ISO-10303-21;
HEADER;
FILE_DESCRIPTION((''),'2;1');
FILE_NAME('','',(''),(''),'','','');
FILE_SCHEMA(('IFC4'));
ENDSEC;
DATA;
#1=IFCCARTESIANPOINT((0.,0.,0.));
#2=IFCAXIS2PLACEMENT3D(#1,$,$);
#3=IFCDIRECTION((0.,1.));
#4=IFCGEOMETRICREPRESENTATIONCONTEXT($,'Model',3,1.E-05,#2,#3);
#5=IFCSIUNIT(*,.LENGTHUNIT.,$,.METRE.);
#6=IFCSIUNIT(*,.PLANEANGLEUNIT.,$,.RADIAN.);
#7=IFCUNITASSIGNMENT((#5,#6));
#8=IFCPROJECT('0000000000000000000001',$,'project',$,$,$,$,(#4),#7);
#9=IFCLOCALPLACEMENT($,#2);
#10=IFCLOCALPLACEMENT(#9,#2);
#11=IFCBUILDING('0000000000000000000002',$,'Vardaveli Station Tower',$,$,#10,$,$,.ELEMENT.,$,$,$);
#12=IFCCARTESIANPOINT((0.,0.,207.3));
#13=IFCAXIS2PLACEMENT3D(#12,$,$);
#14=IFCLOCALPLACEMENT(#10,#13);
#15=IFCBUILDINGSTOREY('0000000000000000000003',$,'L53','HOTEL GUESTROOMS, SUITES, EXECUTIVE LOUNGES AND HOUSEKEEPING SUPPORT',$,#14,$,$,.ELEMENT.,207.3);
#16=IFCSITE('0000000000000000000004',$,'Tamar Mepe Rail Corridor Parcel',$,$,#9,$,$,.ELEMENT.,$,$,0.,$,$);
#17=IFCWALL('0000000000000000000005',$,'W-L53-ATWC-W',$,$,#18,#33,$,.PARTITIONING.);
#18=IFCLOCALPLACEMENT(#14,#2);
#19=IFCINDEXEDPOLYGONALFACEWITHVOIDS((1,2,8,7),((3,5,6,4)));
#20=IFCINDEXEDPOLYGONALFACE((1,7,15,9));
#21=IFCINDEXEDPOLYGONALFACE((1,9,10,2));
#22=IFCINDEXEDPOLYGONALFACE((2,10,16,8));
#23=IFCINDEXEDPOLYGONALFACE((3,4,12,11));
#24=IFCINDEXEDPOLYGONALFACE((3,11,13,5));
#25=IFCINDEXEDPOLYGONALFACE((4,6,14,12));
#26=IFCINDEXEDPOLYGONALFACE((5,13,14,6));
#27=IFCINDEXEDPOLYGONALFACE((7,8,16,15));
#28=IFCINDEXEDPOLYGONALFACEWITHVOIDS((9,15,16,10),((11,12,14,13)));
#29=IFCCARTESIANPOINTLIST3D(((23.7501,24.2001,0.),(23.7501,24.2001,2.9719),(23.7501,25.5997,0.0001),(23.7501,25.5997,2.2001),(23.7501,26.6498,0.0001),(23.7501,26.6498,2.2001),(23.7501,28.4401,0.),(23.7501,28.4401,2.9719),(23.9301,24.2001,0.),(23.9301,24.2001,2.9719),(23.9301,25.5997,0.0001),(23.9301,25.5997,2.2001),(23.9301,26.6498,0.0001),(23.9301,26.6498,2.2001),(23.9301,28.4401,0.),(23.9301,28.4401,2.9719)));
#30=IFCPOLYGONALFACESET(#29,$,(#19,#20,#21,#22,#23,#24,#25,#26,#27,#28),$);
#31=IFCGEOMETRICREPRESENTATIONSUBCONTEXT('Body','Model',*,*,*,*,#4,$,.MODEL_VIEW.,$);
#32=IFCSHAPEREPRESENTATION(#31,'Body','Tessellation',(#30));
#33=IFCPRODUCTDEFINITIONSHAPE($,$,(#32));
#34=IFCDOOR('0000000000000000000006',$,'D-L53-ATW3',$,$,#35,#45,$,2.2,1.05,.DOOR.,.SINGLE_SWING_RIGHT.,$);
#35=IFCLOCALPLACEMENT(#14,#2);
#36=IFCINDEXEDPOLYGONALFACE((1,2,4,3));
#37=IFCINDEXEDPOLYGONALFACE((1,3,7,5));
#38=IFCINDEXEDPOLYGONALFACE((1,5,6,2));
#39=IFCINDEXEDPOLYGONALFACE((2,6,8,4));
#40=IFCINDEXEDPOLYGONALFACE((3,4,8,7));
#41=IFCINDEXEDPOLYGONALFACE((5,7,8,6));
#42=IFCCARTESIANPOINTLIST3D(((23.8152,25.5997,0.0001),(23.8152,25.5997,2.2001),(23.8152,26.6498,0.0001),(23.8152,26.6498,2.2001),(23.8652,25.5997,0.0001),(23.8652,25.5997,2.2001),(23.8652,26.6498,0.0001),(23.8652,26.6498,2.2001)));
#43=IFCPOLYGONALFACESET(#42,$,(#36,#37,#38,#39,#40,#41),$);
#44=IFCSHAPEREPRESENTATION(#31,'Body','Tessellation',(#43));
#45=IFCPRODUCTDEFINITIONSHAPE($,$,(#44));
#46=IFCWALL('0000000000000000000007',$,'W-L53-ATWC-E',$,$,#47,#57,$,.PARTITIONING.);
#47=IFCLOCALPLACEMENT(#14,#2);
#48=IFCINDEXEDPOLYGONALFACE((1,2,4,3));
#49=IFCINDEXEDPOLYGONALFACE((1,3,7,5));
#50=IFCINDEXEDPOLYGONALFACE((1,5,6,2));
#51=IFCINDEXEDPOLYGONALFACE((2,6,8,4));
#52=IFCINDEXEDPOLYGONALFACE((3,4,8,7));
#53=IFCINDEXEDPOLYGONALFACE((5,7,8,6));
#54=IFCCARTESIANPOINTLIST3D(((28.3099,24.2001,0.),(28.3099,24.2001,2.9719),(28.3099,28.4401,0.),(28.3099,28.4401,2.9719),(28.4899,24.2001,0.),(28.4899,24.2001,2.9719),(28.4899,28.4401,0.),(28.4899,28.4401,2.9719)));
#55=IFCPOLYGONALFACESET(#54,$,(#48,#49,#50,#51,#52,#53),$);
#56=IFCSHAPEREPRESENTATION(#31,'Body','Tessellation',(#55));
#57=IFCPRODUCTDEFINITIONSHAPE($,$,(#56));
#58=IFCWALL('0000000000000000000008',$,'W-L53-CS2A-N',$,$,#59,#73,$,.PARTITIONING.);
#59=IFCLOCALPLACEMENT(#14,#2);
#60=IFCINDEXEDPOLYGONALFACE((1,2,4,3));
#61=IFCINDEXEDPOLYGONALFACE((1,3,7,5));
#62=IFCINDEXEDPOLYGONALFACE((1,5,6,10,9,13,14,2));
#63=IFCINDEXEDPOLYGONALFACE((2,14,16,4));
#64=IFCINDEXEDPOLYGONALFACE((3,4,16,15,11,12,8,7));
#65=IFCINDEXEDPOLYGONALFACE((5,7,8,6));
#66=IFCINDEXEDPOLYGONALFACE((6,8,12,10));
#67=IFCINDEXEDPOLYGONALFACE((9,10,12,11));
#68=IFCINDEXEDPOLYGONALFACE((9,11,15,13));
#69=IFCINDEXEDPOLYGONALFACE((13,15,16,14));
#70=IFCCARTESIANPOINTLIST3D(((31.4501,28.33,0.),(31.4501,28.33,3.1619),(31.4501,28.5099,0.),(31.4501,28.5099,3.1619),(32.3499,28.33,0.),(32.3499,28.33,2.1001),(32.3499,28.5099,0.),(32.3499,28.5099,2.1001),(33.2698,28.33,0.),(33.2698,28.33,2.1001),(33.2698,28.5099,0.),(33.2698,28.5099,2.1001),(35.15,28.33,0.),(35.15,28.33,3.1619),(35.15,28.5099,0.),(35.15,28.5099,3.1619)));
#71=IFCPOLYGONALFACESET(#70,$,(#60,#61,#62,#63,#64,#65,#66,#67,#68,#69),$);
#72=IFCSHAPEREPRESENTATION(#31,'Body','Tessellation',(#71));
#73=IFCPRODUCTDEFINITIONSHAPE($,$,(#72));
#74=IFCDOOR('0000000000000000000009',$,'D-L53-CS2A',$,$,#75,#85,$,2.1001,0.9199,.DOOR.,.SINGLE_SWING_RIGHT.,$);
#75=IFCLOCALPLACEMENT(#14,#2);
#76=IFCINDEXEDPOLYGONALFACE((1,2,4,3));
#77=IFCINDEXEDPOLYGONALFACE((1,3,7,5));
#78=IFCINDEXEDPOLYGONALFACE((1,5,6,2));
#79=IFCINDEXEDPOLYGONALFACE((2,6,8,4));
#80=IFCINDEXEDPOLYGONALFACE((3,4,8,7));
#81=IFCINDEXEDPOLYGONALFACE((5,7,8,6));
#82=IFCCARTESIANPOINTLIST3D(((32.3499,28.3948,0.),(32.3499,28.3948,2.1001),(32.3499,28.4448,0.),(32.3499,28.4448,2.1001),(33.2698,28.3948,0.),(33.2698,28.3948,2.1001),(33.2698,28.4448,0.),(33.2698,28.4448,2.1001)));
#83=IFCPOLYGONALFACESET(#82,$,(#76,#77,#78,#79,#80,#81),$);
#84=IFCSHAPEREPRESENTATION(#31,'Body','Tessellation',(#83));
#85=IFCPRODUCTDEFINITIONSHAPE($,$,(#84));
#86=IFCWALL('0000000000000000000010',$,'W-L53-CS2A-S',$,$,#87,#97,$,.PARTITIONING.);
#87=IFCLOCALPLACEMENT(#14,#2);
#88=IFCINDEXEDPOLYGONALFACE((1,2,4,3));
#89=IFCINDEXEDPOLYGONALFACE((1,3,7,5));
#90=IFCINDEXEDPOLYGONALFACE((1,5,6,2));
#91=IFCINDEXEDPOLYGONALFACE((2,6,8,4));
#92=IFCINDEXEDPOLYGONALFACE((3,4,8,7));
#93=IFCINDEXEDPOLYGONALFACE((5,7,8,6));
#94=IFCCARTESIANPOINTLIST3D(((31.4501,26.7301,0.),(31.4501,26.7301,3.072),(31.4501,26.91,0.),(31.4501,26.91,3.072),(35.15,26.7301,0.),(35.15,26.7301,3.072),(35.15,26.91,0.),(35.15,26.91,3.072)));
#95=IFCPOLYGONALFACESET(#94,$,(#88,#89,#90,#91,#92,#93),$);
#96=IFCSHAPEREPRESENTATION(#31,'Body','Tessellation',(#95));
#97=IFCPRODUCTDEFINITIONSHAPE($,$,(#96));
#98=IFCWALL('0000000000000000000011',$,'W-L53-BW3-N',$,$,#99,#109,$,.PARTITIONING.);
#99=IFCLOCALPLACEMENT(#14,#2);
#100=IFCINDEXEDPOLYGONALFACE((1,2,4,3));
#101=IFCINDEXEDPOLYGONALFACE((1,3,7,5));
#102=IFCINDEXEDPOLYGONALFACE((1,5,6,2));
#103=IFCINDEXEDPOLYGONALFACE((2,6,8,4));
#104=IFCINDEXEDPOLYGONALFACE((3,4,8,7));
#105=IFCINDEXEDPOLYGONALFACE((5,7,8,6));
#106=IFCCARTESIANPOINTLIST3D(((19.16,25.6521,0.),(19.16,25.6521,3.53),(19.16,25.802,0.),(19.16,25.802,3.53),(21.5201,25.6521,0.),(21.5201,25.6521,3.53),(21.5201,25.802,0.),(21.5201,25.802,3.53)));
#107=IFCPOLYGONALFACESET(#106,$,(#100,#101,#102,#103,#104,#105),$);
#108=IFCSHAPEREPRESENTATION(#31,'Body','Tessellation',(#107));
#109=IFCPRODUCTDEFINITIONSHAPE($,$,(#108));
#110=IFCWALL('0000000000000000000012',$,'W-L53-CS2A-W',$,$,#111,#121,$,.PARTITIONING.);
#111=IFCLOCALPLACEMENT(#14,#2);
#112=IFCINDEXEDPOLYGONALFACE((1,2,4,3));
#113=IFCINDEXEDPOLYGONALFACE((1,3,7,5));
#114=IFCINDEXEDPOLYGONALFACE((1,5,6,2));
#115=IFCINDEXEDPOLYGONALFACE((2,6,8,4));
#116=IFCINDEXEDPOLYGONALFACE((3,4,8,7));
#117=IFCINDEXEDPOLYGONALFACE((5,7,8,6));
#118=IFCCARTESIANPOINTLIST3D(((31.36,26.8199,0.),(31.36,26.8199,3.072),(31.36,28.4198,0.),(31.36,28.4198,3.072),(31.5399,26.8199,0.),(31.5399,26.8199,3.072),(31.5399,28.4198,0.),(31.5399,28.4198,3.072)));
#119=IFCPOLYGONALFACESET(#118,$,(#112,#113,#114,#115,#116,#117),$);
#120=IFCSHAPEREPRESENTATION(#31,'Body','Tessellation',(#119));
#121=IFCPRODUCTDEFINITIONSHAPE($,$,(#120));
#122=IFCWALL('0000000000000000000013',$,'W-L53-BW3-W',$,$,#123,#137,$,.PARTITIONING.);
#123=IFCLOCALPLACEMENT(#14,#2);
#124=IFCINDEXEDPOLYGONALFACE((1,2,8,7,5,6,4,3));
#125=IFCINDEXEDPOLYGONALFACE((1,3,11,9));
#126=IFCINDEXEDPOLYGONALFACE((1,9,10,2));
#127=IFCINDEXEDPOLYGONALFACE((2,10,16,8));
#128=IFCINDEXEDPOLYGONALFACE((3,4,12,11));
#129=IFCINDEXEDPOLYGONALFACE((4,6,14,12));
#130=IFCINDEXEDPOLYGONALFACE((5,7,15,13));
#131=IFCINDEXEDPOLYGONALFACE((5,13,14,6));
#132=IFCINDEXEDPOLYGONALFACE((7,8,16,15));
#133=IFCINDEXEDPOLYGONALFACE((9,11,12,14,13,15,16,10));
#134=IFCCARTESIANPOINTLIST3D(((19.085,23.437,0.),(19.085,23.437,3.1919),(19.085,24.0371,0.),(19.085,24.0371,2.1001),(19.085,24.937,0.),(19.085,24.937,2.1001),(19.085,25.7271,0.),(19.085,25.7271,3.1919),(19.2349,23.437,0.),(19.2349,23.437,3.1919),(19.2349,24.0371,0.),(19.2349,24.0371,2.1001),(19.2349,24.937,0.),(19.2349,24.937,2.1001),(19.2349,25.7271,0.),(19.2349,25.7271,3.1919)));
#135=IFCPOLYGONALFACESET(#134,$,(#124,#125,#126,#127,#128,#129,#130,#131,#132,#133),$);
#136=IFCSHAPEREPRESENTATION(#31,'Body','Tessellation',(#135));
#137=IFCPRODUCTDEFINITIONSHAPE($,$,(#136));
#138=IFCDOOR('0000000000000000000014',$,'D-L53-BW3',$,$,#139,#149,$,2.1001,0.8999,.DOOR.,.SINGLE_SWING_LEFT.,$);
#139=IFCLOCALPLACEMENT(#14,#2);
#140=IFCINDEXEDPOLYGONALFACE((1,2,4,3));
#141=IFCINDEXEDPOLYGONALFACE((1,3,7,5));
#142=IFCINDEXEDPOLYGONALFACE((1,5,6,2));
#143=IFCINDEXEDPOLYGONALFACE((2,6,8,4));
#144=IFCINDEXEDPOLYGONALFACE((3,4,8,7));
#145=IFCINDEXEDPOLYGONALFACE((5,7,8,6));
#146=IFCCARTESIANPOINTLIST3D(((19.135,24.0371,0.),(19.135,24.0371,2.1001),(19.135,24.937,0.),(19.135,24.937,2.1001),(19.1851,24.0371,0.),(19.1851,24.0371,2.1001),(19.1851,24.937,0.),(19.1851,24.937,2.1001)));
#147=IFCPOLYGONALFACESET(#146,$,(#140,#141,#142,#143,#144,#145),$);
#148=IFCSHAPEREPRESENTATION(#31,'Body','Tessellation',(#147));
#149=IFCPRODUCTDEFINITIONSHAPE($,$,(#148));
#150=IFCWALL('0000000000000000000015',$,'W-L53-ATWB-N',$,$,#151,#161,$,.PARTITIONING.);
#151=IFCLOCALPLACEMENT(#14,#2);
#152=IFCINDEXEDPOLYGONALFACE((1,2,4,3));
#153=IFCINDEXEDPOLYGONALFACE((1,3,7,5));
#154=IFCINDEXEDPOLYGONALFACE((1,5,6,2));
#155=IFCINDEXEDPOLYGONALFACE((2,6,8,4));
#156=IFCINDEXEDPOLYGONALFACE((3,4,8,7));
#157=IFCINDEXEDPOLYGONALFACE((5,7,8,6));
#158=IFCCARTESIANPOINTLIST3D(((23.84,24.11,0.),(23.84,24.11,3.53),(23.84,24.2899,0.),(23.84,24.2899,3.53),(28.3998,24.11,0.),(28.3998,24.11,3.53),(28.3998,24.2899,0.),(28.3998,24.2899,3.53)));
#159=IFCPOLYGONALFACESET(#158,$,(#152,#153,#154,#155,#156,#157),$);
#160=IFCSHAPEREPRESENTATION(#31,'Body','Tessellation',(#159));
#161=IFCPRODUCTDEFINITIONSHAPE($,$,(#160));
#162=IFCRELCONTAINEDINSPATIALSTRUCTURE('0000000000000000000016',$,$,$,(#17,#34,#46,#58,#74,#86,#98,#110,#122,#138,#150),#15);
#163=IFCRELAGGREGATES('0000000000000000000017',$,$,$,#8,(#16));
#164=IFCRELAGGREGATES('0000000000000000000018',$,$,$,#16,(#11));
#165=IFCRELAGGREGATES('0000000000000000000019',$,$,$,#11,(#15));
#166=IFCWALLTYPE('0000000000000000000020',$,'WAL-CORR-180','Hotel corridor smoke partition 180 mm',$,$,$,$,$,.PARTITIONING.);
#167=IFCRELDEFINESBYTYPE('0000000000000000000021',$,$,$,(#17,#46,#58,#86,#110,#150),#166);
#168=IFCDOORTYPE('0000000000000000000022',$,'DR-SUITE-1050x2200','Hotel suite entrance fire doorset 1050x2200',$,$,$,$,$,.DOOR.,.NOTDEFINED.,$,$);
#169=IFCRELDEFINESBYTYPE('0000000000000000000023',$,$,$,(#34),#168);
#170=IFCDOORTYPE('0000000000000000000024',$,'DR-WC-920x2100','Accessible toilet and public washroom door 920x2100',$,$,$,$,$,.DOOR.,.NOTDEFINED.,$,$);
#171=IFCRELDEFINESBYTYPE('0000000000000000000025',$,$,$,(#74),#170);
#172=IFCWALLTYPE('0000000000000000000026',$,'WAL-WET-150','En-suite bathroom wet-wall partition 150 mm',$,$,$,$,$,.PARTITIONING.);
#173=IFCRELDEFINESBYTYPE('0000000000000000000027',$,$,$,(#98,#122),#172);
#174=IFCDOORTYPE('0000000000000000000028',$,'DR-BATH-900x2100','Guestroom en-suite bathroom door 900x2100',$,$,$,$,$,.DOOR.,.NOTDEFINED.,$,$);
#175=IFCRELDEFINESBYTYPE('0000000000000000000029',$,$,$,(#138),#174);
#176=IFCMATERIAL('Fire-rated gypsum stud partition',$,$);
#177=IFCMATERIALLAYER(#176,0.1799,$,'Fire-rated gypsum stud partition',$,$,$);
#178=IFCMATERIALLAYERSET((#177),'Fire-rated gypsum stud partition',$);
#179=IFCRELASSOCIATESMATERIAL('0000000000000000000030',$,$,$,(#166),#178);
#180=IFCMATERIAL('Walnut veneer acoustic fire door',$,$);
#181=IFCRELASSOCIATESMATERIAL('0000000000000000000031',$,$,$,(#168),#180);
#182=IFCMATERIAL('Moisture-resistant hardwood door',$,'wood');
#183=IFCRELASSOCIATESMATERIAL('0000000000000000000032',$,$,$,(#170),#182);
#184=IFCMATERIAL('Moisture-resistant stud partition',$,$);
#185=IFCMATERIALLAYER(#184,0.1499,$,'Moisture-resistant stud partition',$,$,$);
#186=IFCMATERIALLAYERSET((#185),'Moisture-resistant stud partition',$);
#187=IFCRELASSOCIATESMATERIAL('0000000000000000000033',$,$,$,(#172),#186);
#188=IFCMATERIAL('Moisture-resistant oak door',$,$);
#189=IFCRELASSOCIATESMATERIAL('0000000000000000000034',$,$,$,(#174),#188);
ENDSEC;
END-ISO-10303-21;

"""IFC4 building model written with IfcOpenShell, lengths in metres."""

from ifc_helpers import new_model, si_unit, direction, frame, frame_2d, origin, place, context, subcontext, project, spatial, rectangle, extrude, source, transform, mapped, material, layer, layer_set, type_object, element, fill, save


model = new_model("IFC4")

# Units and contexts
model_context = context("Model", 3, precision=1e-05, world=origin(), true_north=direction((0.0, 1.0)))
body_context = subcontext(model_context, "Body", "Model", "MODEL_VIEW")
ifc_project = project(units=[si_unit("LENGTHUNIT", "METRE"), si_unit("PLANEANGLEUNIT", "RADIAN")], contexts=[model_context])

# Site, building, storey
site_placement = place(None, origin())
site = spatial("IfcSite", under=ifc_project, at=site_placement, Name="Tamar Mepe Rail Corridor Parcel", CompositionType="ELEMENT", RefElevation=0.0)
building_placement = place(site_placement, origin())
building = spatial("IfcBuilding", under=site, at=building_placement, Name="Vardaveli Station Tower", CompositionType="ELEMENT")
storey_placement = place(building_placement, frame((0.0, 0.0, 207.3)))
storey = spatial("IfcBuildingStorey", under=building, at=storey_placement, Name="L53", Description="HOTEL GUESTROOMS, SUITES, EXECUTIVE LOUNGES AND HOUSEKEEPING SUPPORT", CompositionType="ELEMENT", Elevation=207.3)

# Wall, opening, door
ifc_material_1 = material(Name="Fire-rated gypsum stud partition")
ifc_layer_1 = layer(ifc_material_1, 0.1799, Name="Fire-rated gypsum stud partition")
ifc_layer_set_1 = layer_set([ifc_layer_1], Name="Fire-rated gypsum stud partition")
wall_type_1 = type_object("IfcWallType", Name="WAL-CORR-180", Description="Hotel corridor smoke partition 180 mm", PredefinedType="PARTITIONING", material=ifc_layer_set_1)
shared_shape_1 = source(origin(), body_context, "Body", "SweptSolid", [
    extrude(rectangle(XDim=4.24, YDim=0.1799, at=frame_2d((2.1201, 0.0))), origin(), (0.0, 0.0, 1.0), 2.9719),
])
wall_1_placement = place(storey_placement, frame((23.8401, 24.2, 0.0), z_axis=(0.0, 0.0, 1.0), x_axis=(0.0, 1.0, 0.0)))
wall_1 = element("IfcWall", 1, at=wall_1_placement, inside=storey, type_object=wall_type_1, Name="W-L53-ATWC-W", PredefinedType="PARTITIONING", context=body_context, shape_type="MappedRepresentation", body=[
    mapped(shared_shape_1, transform((0.0, 0.0, 0.0), scale=1.0)),
])
shared_shape_2 = source(origin(), body_context, "Body", "SweptSolid", [
    extrude(rectangle(XDim=1.05, YDim=2.2, at=frame_2d((0.5249, 1.1001))), frame((0.0, 0.1001, 0.0), z_axis=(0.0, -1.0, 0.0), x_axis=(1.0, 0.0, 0.0)), (0.0, 0.0, 1.0), 0.2),
])
opening_1_placement = place(wall_1_placement, frame((1.3999, 0.0, 0.0)))
opening_1 = element("IfcOpeningElement", 2, at=opening_1_placement, cuts=wall_1, PredefinedType="OPENING", context=body_context, shape_type="MappedRepresentation", body=[
    mapped(shared_shape_2, transform((0.0, 0.0, 0.0), scale=1.0)),
])
ifc_material_2 = material(Name="Walnut veneer acoustic fire door")
door_type_1 = type_object("IfcDoorType", Name="DR-SUITE-1050x2200", Description="Hotel suite entrance fire doorset 1050x2200", OperationType="NOTDEFINED", PredefinedType="DOOR", material=ifc_material_2)
shared_shape_3 = source(origin(), body_context, "Body", "SweptSolid", [
    extrude(rectangle(XDim=1.05, YDim=2.2, at=frame_2d((0.5249, 1.1001))), frame((0.0, 0.0249, 0.0), z_axis=(0.0, -1.0, 0.0), x_axis=(1.0, 0.0, 0.0)), (0.0, 0.0, 1.0), 0.05),
])
door_1_placement = place(opening_1_placement, origin())
door_1 = element("IfcDoor", 3, at=door_1_placement, inside=storey, type_object=door_type_1, Name="D-L53-ATW3", OperationType="SINGLE_SWING_RIGHT", OverallHeight=2.2, OverallWidth=1.05, PredefinedType="DOOR", context=body_context, shape_type="MappedRepresentation", body=[
    mapped(shared_shape_3, transform((0.0, 0.0, 0.0), scale=1.0)),
])
fill(opening_1, door_1)

# Wall
wall_2_placement = place(storey_placement, frame((28.3999, 24.2, 0.0), z_axis=(0.0, 0.0, 1.0), x_axis=(0.0, 1.0, 0.0)))
element("IfcWall", 4, at=wall_2_placement, inside=storey, type_object=wall_type_1, Name="W-L53-ATWC-E", PredefinedType="PARTITIONING", context=body_context, shape_type="MappedRepresentation", body=[
    mapped(shared_shape_1, transform((0.0, 0.0, 0.0), scale=1.0)),
])

# Wall, opening, door
shared_shape_4 = source(origin(), body_context, "Body", "SweptSolid", [
    extrude(rectangle(XDim=3.7, YDim=0.1799, at=frame_2d((1.8501, 0.0))), origin(), (0.0, 0.0, 1.0), 3.1619),
])
wall_3_placement = place(storey_placement, frame((31.45, 28.4199, 0.0), z_axis=(0.0, 0.0, 1.0), x_axis=(1.0, 0.0, 0.0)))
wall_3 = element("IfcWall", 5, at=wall_3_placement, inside=storey, type_object=wall_type_1, Name="W-L53-CS2A-N", PredefinedType="PARTITIONING", context=body_context, shape_type="MappedRepresentation", body=[
    mapped(shared_shape_4, transform((0.0, 0.0, 0.0), scale=1.0)),
])
shared_shape_5 = source(origin(), body_context, "Body", "SweptSolid", [
    extrude(rectangle(XDim=0.9199, YDim=2.1001, at=frame_2d((0.46, 1.05))), frame((0.0, 0.1001, 0.0), z_axis=(0.0, -1.0, 0.0), x_axis=(1.0, 0.0, 0.0)), (0.0, 0.0, 1.0), 0.2),
])
opening_2_placement = place(wall_3_placement, frame((0.8999, 0.0, 0.0)))
opening_2 = element("IfcOpeningElement", 6, at=opening_2_placement, cuts=wall_3, PredefinedType="OPENING", context=body_context, shape_type="MappedRepresentation", body=[
    mapped(shared_shape_5, transform((0.0, 0.0, 0.0), scale=1.0)),
])
ifc_material_3 = material(Name="Moisture-resistant hardwood door", Category="wood")
door_type_2 = type_object("IfcDoorType", Name="DR-WC-920x2100", Description="Accessible toilet and public washroom door 920x2100", OperationType="NOTDEFINED", PredefinedType="DOOR", material=ifc_material_3)
shared_shape_6 = source(origin(), body_context, "Body", "SweptSolid", [
    extrude(rectangle(XDim=0.9199, YDim=2.1001, at=frame_2d((0.46, 1.05))), frame((0.0, 0.0249, 0.0), z_axis=(0.0, -1.0, 0.0), x_axis=(1.0, 0.0, 0.0)), (0.0, 0.0, 1.0), 0.05),
])
door_2_placement = place(opening_2_placement, origin())
door_2 = element("IfcDoor", 7, at=door_2_placement, inside=storey, type_object=door_type_2, Name="D-L53-CS2A", OperationType="SINGLE_SWING_RIGHT", OverallHeight=2.1001, OverallWidth=0.9199, PredefinedType="DOOR", context=body_context, shape_type="MappedRepresentation", body=[
    mapped(shared_shape_6, transform((0.0, 0.0, 0.0), scale=1.0)),
])
fill(opening_2, door_2)

# Walls
shared_shape_7 = source(origin(), body_context, "Body", "SweptSolid", [
    extrude(rectangle(XDim=3.7, YDim=0.1799, at=frame_2d((1.8501, 0.0))), origin(), (0.0, 0.0, 1.0), 3.072),
])
wall_4_placement = place(storey_placement, frame((31.45, 26.8201, 0.0), z_axis=(0.0, 0.0, 1.0), x_axis=(1.0, 0.0, 0.0)))
element("IfcWall", 8, at=wall_4_placement, inside=storey, type_object=wall_type_1, Name="W-L53-CS2A-S", PredefinedType="PARTITIONING", context=body_context, shape_type="MappedRepresentation", body=[
    mapped(shared_shape_7, transform((0.0, 0.0, 0.0), scale=1.0)),
])
ifc_material_4 = material(Name="Moisture-resistant stud partition")
ifc_layer_2 = layer(ifc_material_4, 0.1499, Name="Moisture-resistant stud partition")
ifc_layer_set_2 = layer_set([ifc_layer_2], Name="Moisture-resistant stud partition")
wall_type_2 = type_object("IfcWallType", Name="WAL-WET-150", Description="En-suite bathroom wet-wall partition 150 mm", PredefinedType="PARTITIONING", material=ifc_layer_set_2)
shared_shape_8 = source(origin(), body_context, "Body", "SweptSolid", [
    extrude(rectangle(XDim=2.3601, YDim=0.1499, at=frame_2d((1.1802, 0.0))), origin(), (0.0, 0.0, 1.0), 3.53),
])
wall_5_placement = place(storey_placement, frame((19.1599, 25.7271, 0.0), z_axis=(0.0, 0.0, 1.0), x_axis=(1.0, 0.0, 0.0)))
element("IfcWall", 9, at=wall_5_placement, inside=storey, type_object=wall_type_2, Name="W-L53-BW3-N", PredefinedType="PARTITIONING", context=body_context, shape_type="MappedRepresentation", body=[
    mapped(shared_shape_8, transform((0.0, 0.0, 0.0), scale=1.0)),
])
shared_shape_9 = source(origin(), body_context, "Body", "SweptSolid", [
    extrude(rectangle(XDim=1.5999, YDim=0.1799, at=frame_2d((0.7998, 0.0))), origin(), (0.0, 0.0, 1.0), 3.072),
])
wall_6_placement = place(storey_placement, frame((31.45, 26.8201, 0.0), z_axis=(0.0, 0.0, 1.0), x_axis=(0.0, 1.0, 0.0)))
element("IfcWall", 10, at=wall_6_placement, inside=storey, type_object=wall_type_1, Name="W-L53-CS2A-W", PredefinedType="PARTITIONING", context=body_context, shape_type="MappedRepresentation", body=[
    mapped(shared_shape_9, transform((0.0, 0.0, 0.0), scale=1.0)),
])

# Wall, opening, door
shared_shape_10 = source(origin(), body_context, "Body", "SweptSolid", [
    extrude(rectangle(XDim=2.29, YDim=0.1499, at=frame_2d((1.145, 0.0))), origin(), (0.0, 0.0, 1.0), 3.1919),
])
wall_7_placement = place(storey_placement, frame((19.1599, 23.437, 0.0), z_axis=(0.0, 0.0, 1.0), x_axis=(0.0, 1.0, 0.0)))
wall_7 = element("IfcWall", 11, at=wall_7_placement, inside=storey, type_object=wall_type_2, Name="W-L53-BW3-W", PredefinedType="PARTITIONING", context=body_context, shape_type="MappedRepresentation", body=[
    mapped(shared_shape_10, transform((0.0, 0.0, 0.0), scale=1.0)),
])
shared_shape_11 = source(origin(), body_context, "Body", "SweptSolid", [
    extrude(rectangle(XDim=0.8999, YDim=2.1001, at=frame_2d((0.45, 1.05))), frame((0.0, 0.085, 0.0), z_axis=(0.0, -1.0, 0.0), x_axis=(1.0, 0.0, 0.0)), (0.0, 0.0, 1.0), 0.1699),
])
opening_3_placement = place(wall_7_placement, frame((0.6001, 0.0, 0.0)))
opening_3 = element("IfcOpeningElement", 12, at=opening_3_placement, cuts=wall_7, PredefinedType="OPENING", context=body_context, shape_type="MappedRepresentation", body=[
    mapped(shared_shape_11, transform((0.0, 0.0, 0.0), scale=1.0)),
])
ifc_material_5 = material(Name="Moisture-resistant oak door")
door_type_3 = type_object("IfcDoorType", Name="DR-BATH-900x2100", Description="Guestroom en-suite bathroom door 900x2100", OperationType="NOTDEFINED", PredefinedType="DOOR", material=ifc_material_5)
shared_shape_12 = source(origin(), body_context, "Body", "SweptSolid", [
    extrude(rectangle(XDim=0.8999, YDim=2.1001, at=frame_2d((0.45, 1.05))), frame((0.0, 0.0249, 0.0), z_axis=(0.0, -1.0, 0.0), x_axis=(1.0, 0.0, 0.0)), (0.0, 0.0, 1.0), 0.05),
])
door_3_placement = place(opening_3_placement, origin())
door_3 = element("IfcDoor", 13, at=door_3_placement, inside=storey, type_object=door_type_3, Name="D-L53-BW3", OperationType="SINGLE_SWING_LEFT", OverallHeight=2.1001, OverallWidth=0.8999, PredefinedType="DOOR", context=body_context, shape_type="MappedRepresentation", body=[
    mapped(shared_shape_12, transform((0.0, 0.0, 0.0), scale=1.0)),
])
fill(opening_3, door_3)

# Wall
shared_shape_13 = source(origin(), body_context, "Body", "SweptSolid", [
    extrude(rectangle(XDim=4.5598, YDim=0.1799, at=frame_2d((2.2798, 0.0))), origin(), (0.0, 0.0, 1.0), 3.53),
])
for number, where, z_axis, x_axis, name in (
    (14, (23.8401, 24.2, 0.0), (0.0, 0.0, 1.0), (1.0, 0.0, 0.0), "W-L53-ATWB-N"),
):
    element("IfcWall", number, at=place(storey_placement, frame(where, z_axis=z_axis, x_axis=x_axis)), inside=storey, type_object=wall_type_1, Name=name, PredefinedType="PARTITIONING", context=body_context, shape_type="MappedRepresentation", body=[
        mapped(shared_shape_13, transform((0.0, 0.0, 0.0), scale=1.0)),
    ])

save(model, "model.ifc")
